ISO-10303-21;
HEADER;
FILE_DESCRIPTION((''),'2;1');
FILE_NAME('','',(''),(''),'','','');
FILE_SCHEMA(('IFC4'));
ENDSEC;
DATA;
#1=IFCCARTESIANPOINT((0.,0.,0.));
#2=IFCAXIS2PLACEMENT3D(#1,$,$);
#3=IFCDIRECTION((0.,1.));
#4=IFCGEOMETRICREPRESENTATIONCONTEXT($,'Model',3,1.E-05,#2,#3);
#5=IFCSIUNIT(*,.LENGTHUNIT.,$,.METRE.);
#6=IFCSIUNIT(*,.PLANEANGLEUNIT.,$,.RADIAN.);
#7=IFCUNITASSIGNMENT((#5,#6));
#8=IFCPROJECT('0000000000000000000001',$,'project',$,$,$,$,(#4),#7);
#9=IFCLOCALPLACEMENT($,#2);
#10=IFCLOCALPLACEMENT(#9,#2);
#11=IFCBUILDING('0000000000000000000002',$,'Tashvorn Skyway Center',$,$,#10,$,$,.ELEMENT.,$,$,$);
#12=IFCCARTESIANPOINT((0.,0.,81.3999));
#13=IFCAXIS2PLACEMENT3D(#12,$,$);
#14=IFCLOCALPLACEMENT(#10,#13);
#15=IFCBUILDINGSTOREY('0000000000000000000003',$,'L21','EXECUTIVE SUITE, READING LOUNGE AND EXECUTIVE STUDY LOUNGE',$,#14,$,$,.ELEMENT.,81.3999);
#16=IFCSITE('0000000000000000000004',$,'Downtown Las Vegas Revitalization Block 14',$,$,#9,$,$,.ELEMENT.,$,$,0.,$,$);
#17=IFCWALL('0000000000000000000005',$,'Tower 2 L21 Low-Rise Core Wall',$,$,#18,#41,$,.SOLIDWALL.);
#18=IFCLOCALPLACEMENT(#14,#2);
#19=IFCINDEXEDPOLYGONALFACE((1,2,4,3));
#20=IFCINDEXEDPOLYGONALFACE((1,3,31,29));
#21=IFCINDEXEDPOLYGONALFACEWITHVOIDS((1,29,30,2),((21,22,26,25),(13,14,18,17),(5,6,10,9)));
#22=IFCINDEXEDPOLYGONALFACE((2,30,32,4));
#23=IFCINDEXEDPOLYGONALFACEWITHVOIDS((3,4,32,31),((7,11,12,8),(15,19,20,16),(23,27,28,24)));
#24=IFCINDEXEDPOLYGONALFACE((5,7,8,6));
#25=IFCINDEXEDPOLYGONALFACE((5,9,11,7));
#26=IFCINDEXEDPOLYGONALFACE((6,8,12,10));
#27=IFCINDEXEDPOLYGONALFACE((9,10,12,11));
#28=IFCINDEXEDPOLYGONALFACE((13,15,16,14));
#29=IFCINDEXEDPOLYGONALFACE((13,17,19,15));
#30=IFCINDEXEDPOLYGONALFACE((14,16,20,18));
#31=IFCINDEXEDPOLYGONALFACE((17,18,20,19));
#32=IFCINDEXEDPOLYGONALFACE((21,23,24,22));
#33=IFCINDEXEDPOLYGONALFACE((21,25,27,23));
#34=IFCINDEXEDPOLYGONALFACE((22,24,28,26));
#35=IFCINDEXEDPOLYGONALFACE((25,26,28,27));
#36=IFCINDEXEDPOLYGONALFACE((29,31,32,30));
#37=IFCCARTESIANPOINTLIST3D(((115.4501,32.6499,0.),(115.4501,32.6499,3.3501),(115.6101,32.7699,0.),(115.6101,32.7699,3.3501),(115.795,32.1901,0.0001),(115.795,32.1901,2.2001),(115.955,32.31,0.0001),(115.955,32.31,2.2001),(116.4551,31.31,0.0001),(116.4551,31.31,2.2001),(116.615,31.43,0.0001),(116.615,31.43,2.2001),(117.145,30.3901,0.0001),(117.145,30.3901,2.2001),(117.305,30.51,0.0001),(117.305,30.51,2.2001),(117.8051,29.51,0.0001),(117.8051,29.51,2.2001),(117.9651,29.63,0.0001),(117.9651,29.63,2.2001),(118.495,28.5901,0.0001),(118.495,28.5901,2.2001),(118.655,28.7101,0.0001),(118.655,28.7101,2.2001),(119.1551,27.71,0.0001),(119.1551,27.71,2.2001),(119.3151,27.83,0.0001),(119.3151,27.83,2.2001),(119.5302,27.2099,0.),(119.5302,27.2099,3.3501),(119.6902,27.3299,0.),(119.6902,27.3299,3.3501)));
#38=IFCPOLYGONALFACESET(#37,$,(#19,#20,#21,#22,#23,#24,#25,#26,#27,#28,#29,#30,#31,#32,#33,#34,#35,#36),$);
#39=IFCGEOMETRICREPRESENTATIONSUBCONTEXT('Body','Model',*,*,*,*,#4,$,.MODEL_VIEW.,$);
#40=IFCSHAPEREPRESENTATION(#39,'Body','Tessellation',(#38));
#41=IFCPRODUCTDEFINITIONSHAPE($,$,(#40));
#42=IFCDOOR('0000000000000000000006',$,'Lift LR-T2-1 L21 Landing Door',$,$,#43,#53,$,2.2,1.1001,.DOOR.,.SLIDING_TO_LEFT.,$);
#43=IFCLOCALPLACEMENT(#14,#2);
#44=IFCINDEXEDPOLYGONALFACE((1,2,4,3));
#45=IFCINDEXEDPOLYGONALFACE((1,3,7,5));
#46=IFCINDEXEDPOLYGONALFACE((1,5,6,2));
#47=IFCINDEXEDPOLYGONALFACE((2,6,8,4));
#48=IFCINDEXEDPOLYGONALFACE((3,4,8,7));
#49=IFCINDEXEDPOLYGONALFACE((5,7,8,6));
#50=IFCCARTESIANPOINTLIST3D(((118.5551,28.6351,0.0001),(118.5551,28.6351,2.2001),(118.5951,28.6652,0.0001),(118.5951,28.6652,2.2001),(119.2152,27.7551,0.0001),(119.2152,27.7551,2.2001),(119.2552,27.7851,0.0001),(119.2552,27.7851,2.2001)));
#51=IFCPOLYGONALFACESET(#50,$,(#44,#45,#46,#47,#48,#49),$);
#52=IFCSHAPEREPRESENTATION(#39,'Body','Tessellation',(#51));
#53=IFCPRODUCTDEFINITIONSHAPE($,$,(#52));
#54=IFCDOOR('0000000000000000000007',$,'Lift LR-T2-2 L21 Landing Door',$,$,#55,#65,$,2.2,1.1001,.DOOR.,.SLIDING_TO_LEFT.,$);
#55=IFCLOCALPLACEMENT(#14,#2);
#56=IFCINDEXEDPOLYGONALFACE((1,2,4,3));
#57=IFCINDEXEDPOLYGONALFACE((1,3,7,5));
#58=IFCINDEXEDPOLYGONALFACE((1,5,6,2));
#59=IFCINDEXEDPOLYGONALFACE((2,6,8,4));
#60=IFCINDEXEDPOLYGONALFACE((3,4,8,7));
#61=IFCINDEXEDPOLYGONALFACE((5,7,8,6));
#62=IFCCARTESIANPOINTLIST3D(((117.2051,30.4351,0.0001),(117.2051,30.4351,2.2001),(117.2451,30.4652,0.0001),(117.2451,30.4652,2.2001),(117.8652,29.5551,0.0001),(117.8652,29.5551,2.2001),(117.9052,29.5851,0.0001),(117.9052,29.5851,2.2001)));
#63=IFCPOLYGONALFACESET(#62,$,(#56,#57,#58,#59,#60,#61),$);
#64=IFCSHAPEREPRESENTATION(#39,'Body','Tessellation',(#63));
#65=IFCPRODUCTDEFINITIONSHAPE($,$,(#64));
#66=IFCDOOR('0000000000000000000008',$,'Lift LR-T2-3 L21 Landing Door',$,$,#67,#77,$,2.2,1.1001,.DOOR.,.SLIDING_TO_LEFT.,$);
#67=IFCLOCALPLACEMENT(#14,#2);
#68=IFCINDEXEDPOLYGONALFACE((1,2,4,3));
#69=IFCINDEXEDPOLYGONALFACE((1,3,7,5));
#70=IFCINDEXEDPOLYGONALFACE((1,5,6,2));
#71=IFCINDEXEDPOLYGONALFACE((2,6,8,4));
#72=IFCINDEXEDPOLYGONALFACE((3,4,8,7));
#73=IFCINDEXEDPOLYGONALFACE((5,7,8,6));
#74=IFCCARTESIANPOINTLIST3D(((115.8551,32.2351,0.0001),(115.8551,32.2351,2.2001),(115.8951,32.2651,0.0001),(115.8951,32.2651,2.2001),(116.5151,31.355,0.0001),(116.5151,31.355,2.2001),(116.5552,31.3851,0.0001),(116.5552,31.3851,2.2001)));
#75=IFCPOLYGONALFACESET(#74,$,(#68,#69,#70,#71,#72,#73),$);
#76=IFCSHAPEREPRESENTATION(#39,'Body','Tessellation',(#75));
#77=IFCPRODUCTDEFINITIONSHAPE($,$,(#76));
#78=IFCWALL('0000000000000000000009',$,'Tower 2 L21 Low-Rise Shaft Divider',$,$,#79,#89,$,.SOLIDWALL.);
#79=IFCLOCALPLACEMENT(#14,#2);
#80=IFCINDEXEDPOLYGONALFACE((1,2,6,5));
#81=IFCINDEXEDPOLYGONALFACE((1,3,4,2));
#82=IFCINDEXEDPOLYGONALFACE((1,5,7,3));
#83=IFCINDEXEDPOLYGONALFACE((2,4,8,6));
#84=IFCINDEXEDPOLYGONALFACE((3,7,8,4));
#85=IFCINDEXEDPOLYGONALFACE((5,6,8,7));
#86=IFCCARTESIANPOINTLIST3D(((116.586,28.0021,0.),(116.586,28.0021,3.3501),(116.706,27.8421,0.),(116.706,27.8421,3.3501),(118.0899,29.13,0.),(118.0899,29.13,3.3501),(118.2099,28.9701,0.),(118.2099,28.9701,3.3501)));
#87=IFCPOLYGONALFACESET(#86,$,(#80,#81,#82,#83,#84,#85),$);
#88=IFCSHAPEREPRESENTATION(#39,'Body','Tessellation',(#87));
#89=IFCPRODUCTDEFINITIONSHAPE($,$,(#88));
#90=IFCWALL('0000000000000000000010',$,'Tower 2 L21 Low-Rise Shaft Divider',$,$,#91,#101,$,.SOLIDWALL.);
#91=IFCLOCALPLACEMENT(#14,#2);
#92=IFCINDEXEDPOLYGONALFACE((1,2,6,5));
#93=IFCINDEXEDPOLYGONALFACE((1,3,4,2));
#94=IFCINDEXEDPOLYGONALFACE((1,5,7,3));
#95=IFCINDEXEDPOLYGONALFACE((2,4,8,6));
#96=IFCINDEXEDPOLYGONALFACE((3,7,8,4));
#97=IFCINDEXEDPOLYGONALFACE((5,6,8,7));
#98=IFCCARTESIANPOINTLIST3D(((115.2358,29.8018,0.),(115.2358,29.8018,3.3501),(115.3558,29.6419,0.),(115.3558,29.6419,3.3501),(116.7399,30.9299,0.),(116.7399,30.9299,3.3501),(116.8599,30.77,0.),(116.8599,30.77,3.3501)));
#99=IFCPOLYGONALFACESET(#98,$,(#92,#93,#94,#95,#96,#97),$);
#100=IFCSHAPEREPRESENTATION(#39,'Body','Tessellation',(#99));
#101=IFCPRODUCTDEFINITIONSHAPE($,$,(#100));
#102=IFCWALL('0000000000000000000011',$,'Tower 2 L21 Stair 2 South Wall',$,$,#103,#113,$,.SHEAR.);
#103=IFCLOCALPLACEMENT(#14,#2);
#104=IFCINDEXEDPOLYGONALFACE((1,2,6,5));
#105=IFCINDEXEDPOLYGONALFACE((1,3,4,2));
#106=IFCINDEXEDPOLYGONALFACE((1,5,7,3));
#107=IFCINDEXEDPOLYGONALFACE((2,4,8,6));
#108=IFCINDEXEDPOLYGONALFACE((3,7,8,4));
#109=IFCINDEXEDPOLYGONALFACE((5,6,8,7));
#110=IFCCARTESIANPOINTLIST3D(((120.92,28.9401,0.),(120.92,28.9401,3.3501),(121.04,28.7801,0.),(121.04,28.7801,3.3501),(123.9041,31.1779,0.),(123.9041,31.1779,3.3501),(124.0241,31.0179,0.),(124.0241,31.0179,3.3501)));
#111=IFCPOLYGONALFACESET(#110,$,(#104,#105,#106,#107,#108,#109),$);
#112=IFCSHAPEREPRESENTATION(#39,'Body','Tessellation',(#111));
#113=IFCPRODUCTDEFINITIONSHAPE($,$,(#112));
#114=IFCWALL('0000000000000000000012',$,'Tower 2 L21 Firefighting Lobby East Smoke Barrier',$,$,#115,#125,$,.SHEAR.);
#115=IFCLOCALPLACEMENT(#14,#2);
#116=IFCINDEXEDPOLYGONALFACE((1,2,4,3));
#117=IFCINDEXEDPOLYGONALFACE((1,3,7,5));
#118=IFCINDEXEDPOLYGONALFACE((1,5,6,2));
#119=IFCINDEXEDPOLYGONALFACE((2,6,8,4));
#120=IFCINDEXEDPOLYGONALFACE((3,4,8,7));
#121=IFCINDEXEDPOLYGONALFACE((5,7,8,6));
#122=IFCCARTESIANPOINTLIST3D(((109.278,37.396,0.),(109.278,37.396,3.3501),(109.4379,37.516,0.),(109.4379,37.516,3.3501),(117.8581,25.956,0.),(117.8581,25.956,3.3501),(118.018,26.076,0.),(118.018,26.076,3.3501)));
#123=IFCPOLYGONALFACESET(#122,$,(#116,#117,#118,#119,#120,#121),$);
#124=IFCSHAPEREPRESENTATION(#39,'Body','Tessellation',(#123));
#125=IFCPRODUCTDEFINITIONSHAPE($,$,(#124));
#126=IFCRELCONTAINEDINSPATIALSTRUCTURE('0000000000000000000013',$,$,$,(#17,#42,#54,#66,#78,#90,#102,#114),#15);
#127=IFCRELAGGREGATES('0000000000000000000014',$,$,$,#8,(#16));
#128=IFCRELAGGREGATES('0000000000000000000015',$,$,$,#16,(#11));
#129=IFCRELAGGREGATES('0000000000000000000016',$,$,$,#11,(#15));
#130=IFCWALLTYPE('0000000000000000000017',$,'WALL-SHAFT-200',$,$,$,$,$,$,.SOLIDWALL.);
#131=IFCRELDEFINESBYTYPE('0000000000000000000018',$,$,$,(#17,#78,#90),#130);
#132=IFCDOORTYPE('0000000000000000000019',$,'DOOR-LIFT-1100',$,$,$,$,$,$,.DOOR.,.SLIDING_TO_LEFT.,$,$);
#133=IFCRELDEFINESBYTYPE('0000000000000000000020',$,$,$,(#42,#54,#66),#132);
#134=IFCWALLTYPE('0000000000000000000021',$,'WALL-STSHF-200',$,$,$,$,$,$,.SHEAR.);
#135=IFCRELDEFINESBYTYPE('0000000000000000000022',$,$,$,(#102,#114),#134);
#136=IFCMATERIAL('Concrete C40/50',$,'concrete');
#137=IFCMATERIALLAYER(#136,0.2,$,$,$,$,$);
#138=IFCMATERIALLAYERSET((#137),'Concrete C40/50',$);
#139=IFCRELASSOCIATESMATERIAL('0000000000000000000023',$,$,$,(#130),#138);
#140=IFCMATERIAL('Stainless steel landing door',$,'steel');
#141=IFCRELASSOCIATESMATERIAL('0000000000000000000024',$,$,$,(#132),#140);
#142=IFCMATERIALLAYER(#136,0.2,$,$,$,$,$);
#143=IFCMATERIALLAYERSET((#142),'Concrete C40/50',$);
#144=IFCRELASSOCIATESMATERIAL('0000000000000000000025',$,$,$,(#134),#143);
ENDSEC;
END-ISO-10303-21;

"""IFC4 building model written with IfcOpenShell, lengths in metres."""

from ifc_helpers import new_model, si_unit, direction, frame, frame_2d, origin, place, context, subcontext, project, spatial, rectangle, extrude, material, layer, layer_set, type_object, element, fill, save


model = new_model("IFC4")

# Units and contexts
model_context = context("Model", 3, precision=1e-05, world=origin(), true_north=direction((0.0, 1.0)))
body_context = subcontext(model_context, "Body", "Model", "MODEL_VIEW")
ifc_project = project(units=[si_unit("LENGTHUNIT", "METRE"), si_unit("PLANEANGLEUNIT", "RADIAN")], contexts=[model_context])

# Site, building, storey
site_placement = place(None, origin())
site = spatial("IfcSite", under=ifc_project, at=site_placement, Name="Downtown Las Vegas Revitalization Block 14", CompositionType="ELEMENT", RefElevation=0.0)
building_placement = place(site_placement, origin())
building = spatial("IfcBuilding", under=site, at=building_placement, Name="Tashvorn Skyway Center", CompositionType="ELEMENT")
storey_placement = place(building_placement, frame((0.0, 0.0, 81.3999)))
storey = spatial("IfcBuildingStorey", under=building, at=storey_placement, Name="L21", Description="EXECUTIVE SUITE, READING LOUNGE AND EXECUTIVE STUDY LOUNGE", CompositionType="ELEMENT", Elevation=81.3999)

# Wall, openings, doors
ifc_material_1 = material(Name="Concrete C40/50", Category="concrete")
ifc_layer_1 = layer(ifc_material_1, 0.2)
ifc_layer_set_1 = layer_set([ifc_layer_1], Name="Concrete C40/50")
wall_type_1 = type_object("IfcWallType", Name="WALL-SHAFT-200", PredefinedType="SOLIDWALL", material=ifc_layer_set_1)
wall_1_placement = place(storey_placement, frame((119.6101, 27.27, 0.0), z_axis=(0.0, 0.0, 1.0), x_axis=(-0.600011, 0.799991, 0.0)))
wall_1 = element("IfcWall", 1, at=wall_1_placement, inside=storey, type_object=wall_type_1, Name="Tower 2 L21 Low-Rise Core Wall", PredefinedType="SOLIDWALL", context=body_context, shape_type="SweptSolid", body=[
    extrude(rectangle(XDim=6.8, YDim=0.2, at=frame_2d((3.3999, 0.0))), origin(), (0.0, 0.0, 1.0), 3.3501),
])
opening_1_placement = place(wall_1_placement, frame((0.625, 0.0, 0.0)))
opening_1 = element("IfcOpeningElement", 2, at=opening_1_placement, cuts=wall_1, PredefinedType="OPENING", context=body_context, shape_type="SweptSolid", body=[
    extrude(rectangle(XDim=1.1001, YDim=2.2, at=frame_2d((0.55, 1.1001))), frame((0.0, 0.1099, 0.0), z_axis=(0.0, -1.0, 0.0), x_axis=(1.0, 0.0, 0.0)), (0.0, 0.0, 1.0), 0.22),
])
opening_2_placement = place(wall_1_placement, frame((2.875, 0.0, 0.0)))
opening_2 = element("IfcOpeningElement", 3, at=opening_2_placement, cuts=wall_1, PredefinedType="OPENING", context=body_context, shape_type="SweptSolid", body=[
    extrude(rectangle(XDim=1.1001, YDim=2.2, at=frame_2d((0.55, 1.1001))), frame((0.0, 0.1099, 0.0), z_axis=(0.0, -1.0, 0.0), x_axis=(1.0, 0.0, 0.0)), (0.0, 0.0, 1.0), 0.22),
])
opening_3_placement = place(wall_1_placement, frame((5.125, 0.0, 0.0)))
opening_3 = element("IfcOpeningElement", 4, at=opening_3_placement, cuts=wall_1, PredefinedType="OPENING", context=body_context, shape_type="SweptSolid", body=[
    extrude(rectangle(XDim=1.1001, YDim=2.2, at=frame_2d((0.55, 1.1001))), frame((0.0, 0.1099, 0.0), z_axis=(0.0, -1.0, 0.0), x_axis=(1.0, 0.0, 0.0)), (0.0, 0.0, 1.0), 0.22),
])
ifc_material_2 = material(Name="Stainless steel landing door", Category="steel")
door_type_1 = type_object("IfcDoorType", Name="DOOR-LIFT-1100", OperationType="SLIDING_TO_LEFT", PredefinedType="DOOR", material=ifc_material_2)
door_1_placement = place(opening_1_placement, origin())
door_1 = element("IfcDoor", 5, at=door_1_placement, inside=storey, type_object=door_type_1, Name="Lift LR-T2-1 L21 Landing Door", OperationType="SLIDING_TO_LEFT", OverallHeight=2.2, OverallWidth=1.1001, PredefinedType="DOOR", context=body_context, shape_type="SweptSolid", body=[
    extrude(rectangle(XDim=1.1001, YDim=2.2, at=frame_2d((0.55, 1.1001))), frame((0.0, 0.0249, 0.0), z_axis=(0.0, -1.0, 0.0), x_axis=(1.0, 0.0, 0.0)), (0.0, 0.0, 1.0), 0.05),
])
fill(opening_1, door_1)
door_2_placement = place(opening_2_placement, origin())
door_2 = element("IfcDoor", 6, at=door_2_placement, inside=storey, type_object=door_type_1, Name="Lift LR-T2-2 L21 Landing Door", OperationType="SLIDING_TO_LEFT", OverallHeight=2.2, OverallWidth=1.1001, PredefinedType="DOOR", context=body_context, shape_type="SweptSolid", body=[
    extrude(rectangle(XDim=1.1001, YDim=2.2, at=frame_2d((0.55, 1.1001))), frame((0.0, 0.0249, 0.0), z_axis=(0.0, -1.0, 0.0), x_axis=(1.0, 0.0, 0.0)), (0.0, 0.0, 1.0), 0.05),
])
fill(opening_2, door_2)
door_3_placement = place(opening_3_placement, origin())
door_3 = element("IfcDoor", 7, at=door_3_placement, inside=storey, type_object=door_type_1, Name="Lift LR-T2-3 L21 Landing Door", OperationType="SLIDING_TO_LEFT", OverallHeight=2.2, OverallWidth=1.1001, PredefinedType="DOOR", context=body_context, shape_type="SweptSolid", body=[
    extrude(rectangle(XDim=1.1001, YDim=2.2, at=frame_2d((0.55, 1.1001))), frame((0.0, 0.0249, 0.0), z_axis=(0.0, -1.0, 0.0), x_axis=(1.0, 0.0, 0.0)), (0.0, 0.0, 1.0), 0.05),
])
fill(opening_3, door_3)

# Walls
wall_2_placement = place(storey_placement, frame((116.646, 27.9221, 0.0), z_axis=(0.0, 0.0, 1.0), x_axis=(0.8, 0.6, 0.0)))
element("IfcWall", 8, at=wall_2_placement, inside=storey, type_object=wall_type_1, Name="Tower 2 L21 Low-Rise Shaft Divider", PredefinedType="SOLIDWALL", context=body_context, shape_type="SweptSolid", body=[
    extrude(rectangle(XDim=1.8799, YDim=0.2, at=frame_2d((0.9399, 0.0))), origin(), (0.0, 0.0, 1.0), 3.3501),
])
wall_3_placement = place(storey_placement, frame((115.2959, 29.7219, 0.0), z_axis=(0.0, 0.0, 1.0), x_axis=(0.799984, 0.600021, 0.0)))
element("IfcWall", 9, at=wall_3_placement, inside=storey, type_object=wall_type_1, Name="Tower 2 L21 Low-Rise Shaft Divider", PredefinedType="SOLIDWALL", context=body_context, shape_type="SweptSolid", body=[
    extrude(rectangle(XDim=1.8801, YDim=0.2, at=frame_2d((0.9399, 0.0))), origin(), (0.0, 0.0, 1.0), 3.3501),
])
ifc_layer_2 = layer(ifc_material_1, 0.2)
ifc_layer_set_2 = layer_set([ifc_layer_2], Name="Concrete C40/50")
wall_type_2 = type_object("IfcWallType", Name="WALL-STSHF-200", PredefinedType="SHEAR", material=ifc_layer_set_2)
wall_4_placement = place(storey_placement, frame((120.98, 28.8601, 0.0), z_axis=(0.0, 0.0, 1.0), x_axis=(0.800039, 0.599948, 0.0)))
element("IfcWall", 10, at=wall_4_placement, inside=storey, type_object=wall_type_2, Name="Tower 2 L21 Stair 2 South Wall", PredefinedType="SHEAR", context=body_context, shape_type="SweptSolid", body=[
    extrude(rectangle(XDim=3.73, YDim=0.2, at=frame_2d((1.865, 0.0))), origin(), (0.0, 0.0, 1.0), 3.3501),
])
wall_5_placement = place(storey_placement, frame((117.938, 26.0161, 0.0), z_axis=(0.0, 0.0, 1.0), x_axis=(-0.600005, 0.799996, 0.0)))
element("IfcWall", 11, at=wall_5_placement, inside=storey, type_object=wall_type_2, Name="Tower 2 L21 Firefighting Lobby East Smoke Barrier", PredefinedType="SHEAR", context=body_context, shape_type="SweptSolid", body=[
    extrude(rectangle(XDim=14.3, YDim=0.2, at=frame_2d((7.1499, 0.0))), origin(), (0.0, 0.0, 1.0), 3.3501),
])

save(model, "model.ifc")
